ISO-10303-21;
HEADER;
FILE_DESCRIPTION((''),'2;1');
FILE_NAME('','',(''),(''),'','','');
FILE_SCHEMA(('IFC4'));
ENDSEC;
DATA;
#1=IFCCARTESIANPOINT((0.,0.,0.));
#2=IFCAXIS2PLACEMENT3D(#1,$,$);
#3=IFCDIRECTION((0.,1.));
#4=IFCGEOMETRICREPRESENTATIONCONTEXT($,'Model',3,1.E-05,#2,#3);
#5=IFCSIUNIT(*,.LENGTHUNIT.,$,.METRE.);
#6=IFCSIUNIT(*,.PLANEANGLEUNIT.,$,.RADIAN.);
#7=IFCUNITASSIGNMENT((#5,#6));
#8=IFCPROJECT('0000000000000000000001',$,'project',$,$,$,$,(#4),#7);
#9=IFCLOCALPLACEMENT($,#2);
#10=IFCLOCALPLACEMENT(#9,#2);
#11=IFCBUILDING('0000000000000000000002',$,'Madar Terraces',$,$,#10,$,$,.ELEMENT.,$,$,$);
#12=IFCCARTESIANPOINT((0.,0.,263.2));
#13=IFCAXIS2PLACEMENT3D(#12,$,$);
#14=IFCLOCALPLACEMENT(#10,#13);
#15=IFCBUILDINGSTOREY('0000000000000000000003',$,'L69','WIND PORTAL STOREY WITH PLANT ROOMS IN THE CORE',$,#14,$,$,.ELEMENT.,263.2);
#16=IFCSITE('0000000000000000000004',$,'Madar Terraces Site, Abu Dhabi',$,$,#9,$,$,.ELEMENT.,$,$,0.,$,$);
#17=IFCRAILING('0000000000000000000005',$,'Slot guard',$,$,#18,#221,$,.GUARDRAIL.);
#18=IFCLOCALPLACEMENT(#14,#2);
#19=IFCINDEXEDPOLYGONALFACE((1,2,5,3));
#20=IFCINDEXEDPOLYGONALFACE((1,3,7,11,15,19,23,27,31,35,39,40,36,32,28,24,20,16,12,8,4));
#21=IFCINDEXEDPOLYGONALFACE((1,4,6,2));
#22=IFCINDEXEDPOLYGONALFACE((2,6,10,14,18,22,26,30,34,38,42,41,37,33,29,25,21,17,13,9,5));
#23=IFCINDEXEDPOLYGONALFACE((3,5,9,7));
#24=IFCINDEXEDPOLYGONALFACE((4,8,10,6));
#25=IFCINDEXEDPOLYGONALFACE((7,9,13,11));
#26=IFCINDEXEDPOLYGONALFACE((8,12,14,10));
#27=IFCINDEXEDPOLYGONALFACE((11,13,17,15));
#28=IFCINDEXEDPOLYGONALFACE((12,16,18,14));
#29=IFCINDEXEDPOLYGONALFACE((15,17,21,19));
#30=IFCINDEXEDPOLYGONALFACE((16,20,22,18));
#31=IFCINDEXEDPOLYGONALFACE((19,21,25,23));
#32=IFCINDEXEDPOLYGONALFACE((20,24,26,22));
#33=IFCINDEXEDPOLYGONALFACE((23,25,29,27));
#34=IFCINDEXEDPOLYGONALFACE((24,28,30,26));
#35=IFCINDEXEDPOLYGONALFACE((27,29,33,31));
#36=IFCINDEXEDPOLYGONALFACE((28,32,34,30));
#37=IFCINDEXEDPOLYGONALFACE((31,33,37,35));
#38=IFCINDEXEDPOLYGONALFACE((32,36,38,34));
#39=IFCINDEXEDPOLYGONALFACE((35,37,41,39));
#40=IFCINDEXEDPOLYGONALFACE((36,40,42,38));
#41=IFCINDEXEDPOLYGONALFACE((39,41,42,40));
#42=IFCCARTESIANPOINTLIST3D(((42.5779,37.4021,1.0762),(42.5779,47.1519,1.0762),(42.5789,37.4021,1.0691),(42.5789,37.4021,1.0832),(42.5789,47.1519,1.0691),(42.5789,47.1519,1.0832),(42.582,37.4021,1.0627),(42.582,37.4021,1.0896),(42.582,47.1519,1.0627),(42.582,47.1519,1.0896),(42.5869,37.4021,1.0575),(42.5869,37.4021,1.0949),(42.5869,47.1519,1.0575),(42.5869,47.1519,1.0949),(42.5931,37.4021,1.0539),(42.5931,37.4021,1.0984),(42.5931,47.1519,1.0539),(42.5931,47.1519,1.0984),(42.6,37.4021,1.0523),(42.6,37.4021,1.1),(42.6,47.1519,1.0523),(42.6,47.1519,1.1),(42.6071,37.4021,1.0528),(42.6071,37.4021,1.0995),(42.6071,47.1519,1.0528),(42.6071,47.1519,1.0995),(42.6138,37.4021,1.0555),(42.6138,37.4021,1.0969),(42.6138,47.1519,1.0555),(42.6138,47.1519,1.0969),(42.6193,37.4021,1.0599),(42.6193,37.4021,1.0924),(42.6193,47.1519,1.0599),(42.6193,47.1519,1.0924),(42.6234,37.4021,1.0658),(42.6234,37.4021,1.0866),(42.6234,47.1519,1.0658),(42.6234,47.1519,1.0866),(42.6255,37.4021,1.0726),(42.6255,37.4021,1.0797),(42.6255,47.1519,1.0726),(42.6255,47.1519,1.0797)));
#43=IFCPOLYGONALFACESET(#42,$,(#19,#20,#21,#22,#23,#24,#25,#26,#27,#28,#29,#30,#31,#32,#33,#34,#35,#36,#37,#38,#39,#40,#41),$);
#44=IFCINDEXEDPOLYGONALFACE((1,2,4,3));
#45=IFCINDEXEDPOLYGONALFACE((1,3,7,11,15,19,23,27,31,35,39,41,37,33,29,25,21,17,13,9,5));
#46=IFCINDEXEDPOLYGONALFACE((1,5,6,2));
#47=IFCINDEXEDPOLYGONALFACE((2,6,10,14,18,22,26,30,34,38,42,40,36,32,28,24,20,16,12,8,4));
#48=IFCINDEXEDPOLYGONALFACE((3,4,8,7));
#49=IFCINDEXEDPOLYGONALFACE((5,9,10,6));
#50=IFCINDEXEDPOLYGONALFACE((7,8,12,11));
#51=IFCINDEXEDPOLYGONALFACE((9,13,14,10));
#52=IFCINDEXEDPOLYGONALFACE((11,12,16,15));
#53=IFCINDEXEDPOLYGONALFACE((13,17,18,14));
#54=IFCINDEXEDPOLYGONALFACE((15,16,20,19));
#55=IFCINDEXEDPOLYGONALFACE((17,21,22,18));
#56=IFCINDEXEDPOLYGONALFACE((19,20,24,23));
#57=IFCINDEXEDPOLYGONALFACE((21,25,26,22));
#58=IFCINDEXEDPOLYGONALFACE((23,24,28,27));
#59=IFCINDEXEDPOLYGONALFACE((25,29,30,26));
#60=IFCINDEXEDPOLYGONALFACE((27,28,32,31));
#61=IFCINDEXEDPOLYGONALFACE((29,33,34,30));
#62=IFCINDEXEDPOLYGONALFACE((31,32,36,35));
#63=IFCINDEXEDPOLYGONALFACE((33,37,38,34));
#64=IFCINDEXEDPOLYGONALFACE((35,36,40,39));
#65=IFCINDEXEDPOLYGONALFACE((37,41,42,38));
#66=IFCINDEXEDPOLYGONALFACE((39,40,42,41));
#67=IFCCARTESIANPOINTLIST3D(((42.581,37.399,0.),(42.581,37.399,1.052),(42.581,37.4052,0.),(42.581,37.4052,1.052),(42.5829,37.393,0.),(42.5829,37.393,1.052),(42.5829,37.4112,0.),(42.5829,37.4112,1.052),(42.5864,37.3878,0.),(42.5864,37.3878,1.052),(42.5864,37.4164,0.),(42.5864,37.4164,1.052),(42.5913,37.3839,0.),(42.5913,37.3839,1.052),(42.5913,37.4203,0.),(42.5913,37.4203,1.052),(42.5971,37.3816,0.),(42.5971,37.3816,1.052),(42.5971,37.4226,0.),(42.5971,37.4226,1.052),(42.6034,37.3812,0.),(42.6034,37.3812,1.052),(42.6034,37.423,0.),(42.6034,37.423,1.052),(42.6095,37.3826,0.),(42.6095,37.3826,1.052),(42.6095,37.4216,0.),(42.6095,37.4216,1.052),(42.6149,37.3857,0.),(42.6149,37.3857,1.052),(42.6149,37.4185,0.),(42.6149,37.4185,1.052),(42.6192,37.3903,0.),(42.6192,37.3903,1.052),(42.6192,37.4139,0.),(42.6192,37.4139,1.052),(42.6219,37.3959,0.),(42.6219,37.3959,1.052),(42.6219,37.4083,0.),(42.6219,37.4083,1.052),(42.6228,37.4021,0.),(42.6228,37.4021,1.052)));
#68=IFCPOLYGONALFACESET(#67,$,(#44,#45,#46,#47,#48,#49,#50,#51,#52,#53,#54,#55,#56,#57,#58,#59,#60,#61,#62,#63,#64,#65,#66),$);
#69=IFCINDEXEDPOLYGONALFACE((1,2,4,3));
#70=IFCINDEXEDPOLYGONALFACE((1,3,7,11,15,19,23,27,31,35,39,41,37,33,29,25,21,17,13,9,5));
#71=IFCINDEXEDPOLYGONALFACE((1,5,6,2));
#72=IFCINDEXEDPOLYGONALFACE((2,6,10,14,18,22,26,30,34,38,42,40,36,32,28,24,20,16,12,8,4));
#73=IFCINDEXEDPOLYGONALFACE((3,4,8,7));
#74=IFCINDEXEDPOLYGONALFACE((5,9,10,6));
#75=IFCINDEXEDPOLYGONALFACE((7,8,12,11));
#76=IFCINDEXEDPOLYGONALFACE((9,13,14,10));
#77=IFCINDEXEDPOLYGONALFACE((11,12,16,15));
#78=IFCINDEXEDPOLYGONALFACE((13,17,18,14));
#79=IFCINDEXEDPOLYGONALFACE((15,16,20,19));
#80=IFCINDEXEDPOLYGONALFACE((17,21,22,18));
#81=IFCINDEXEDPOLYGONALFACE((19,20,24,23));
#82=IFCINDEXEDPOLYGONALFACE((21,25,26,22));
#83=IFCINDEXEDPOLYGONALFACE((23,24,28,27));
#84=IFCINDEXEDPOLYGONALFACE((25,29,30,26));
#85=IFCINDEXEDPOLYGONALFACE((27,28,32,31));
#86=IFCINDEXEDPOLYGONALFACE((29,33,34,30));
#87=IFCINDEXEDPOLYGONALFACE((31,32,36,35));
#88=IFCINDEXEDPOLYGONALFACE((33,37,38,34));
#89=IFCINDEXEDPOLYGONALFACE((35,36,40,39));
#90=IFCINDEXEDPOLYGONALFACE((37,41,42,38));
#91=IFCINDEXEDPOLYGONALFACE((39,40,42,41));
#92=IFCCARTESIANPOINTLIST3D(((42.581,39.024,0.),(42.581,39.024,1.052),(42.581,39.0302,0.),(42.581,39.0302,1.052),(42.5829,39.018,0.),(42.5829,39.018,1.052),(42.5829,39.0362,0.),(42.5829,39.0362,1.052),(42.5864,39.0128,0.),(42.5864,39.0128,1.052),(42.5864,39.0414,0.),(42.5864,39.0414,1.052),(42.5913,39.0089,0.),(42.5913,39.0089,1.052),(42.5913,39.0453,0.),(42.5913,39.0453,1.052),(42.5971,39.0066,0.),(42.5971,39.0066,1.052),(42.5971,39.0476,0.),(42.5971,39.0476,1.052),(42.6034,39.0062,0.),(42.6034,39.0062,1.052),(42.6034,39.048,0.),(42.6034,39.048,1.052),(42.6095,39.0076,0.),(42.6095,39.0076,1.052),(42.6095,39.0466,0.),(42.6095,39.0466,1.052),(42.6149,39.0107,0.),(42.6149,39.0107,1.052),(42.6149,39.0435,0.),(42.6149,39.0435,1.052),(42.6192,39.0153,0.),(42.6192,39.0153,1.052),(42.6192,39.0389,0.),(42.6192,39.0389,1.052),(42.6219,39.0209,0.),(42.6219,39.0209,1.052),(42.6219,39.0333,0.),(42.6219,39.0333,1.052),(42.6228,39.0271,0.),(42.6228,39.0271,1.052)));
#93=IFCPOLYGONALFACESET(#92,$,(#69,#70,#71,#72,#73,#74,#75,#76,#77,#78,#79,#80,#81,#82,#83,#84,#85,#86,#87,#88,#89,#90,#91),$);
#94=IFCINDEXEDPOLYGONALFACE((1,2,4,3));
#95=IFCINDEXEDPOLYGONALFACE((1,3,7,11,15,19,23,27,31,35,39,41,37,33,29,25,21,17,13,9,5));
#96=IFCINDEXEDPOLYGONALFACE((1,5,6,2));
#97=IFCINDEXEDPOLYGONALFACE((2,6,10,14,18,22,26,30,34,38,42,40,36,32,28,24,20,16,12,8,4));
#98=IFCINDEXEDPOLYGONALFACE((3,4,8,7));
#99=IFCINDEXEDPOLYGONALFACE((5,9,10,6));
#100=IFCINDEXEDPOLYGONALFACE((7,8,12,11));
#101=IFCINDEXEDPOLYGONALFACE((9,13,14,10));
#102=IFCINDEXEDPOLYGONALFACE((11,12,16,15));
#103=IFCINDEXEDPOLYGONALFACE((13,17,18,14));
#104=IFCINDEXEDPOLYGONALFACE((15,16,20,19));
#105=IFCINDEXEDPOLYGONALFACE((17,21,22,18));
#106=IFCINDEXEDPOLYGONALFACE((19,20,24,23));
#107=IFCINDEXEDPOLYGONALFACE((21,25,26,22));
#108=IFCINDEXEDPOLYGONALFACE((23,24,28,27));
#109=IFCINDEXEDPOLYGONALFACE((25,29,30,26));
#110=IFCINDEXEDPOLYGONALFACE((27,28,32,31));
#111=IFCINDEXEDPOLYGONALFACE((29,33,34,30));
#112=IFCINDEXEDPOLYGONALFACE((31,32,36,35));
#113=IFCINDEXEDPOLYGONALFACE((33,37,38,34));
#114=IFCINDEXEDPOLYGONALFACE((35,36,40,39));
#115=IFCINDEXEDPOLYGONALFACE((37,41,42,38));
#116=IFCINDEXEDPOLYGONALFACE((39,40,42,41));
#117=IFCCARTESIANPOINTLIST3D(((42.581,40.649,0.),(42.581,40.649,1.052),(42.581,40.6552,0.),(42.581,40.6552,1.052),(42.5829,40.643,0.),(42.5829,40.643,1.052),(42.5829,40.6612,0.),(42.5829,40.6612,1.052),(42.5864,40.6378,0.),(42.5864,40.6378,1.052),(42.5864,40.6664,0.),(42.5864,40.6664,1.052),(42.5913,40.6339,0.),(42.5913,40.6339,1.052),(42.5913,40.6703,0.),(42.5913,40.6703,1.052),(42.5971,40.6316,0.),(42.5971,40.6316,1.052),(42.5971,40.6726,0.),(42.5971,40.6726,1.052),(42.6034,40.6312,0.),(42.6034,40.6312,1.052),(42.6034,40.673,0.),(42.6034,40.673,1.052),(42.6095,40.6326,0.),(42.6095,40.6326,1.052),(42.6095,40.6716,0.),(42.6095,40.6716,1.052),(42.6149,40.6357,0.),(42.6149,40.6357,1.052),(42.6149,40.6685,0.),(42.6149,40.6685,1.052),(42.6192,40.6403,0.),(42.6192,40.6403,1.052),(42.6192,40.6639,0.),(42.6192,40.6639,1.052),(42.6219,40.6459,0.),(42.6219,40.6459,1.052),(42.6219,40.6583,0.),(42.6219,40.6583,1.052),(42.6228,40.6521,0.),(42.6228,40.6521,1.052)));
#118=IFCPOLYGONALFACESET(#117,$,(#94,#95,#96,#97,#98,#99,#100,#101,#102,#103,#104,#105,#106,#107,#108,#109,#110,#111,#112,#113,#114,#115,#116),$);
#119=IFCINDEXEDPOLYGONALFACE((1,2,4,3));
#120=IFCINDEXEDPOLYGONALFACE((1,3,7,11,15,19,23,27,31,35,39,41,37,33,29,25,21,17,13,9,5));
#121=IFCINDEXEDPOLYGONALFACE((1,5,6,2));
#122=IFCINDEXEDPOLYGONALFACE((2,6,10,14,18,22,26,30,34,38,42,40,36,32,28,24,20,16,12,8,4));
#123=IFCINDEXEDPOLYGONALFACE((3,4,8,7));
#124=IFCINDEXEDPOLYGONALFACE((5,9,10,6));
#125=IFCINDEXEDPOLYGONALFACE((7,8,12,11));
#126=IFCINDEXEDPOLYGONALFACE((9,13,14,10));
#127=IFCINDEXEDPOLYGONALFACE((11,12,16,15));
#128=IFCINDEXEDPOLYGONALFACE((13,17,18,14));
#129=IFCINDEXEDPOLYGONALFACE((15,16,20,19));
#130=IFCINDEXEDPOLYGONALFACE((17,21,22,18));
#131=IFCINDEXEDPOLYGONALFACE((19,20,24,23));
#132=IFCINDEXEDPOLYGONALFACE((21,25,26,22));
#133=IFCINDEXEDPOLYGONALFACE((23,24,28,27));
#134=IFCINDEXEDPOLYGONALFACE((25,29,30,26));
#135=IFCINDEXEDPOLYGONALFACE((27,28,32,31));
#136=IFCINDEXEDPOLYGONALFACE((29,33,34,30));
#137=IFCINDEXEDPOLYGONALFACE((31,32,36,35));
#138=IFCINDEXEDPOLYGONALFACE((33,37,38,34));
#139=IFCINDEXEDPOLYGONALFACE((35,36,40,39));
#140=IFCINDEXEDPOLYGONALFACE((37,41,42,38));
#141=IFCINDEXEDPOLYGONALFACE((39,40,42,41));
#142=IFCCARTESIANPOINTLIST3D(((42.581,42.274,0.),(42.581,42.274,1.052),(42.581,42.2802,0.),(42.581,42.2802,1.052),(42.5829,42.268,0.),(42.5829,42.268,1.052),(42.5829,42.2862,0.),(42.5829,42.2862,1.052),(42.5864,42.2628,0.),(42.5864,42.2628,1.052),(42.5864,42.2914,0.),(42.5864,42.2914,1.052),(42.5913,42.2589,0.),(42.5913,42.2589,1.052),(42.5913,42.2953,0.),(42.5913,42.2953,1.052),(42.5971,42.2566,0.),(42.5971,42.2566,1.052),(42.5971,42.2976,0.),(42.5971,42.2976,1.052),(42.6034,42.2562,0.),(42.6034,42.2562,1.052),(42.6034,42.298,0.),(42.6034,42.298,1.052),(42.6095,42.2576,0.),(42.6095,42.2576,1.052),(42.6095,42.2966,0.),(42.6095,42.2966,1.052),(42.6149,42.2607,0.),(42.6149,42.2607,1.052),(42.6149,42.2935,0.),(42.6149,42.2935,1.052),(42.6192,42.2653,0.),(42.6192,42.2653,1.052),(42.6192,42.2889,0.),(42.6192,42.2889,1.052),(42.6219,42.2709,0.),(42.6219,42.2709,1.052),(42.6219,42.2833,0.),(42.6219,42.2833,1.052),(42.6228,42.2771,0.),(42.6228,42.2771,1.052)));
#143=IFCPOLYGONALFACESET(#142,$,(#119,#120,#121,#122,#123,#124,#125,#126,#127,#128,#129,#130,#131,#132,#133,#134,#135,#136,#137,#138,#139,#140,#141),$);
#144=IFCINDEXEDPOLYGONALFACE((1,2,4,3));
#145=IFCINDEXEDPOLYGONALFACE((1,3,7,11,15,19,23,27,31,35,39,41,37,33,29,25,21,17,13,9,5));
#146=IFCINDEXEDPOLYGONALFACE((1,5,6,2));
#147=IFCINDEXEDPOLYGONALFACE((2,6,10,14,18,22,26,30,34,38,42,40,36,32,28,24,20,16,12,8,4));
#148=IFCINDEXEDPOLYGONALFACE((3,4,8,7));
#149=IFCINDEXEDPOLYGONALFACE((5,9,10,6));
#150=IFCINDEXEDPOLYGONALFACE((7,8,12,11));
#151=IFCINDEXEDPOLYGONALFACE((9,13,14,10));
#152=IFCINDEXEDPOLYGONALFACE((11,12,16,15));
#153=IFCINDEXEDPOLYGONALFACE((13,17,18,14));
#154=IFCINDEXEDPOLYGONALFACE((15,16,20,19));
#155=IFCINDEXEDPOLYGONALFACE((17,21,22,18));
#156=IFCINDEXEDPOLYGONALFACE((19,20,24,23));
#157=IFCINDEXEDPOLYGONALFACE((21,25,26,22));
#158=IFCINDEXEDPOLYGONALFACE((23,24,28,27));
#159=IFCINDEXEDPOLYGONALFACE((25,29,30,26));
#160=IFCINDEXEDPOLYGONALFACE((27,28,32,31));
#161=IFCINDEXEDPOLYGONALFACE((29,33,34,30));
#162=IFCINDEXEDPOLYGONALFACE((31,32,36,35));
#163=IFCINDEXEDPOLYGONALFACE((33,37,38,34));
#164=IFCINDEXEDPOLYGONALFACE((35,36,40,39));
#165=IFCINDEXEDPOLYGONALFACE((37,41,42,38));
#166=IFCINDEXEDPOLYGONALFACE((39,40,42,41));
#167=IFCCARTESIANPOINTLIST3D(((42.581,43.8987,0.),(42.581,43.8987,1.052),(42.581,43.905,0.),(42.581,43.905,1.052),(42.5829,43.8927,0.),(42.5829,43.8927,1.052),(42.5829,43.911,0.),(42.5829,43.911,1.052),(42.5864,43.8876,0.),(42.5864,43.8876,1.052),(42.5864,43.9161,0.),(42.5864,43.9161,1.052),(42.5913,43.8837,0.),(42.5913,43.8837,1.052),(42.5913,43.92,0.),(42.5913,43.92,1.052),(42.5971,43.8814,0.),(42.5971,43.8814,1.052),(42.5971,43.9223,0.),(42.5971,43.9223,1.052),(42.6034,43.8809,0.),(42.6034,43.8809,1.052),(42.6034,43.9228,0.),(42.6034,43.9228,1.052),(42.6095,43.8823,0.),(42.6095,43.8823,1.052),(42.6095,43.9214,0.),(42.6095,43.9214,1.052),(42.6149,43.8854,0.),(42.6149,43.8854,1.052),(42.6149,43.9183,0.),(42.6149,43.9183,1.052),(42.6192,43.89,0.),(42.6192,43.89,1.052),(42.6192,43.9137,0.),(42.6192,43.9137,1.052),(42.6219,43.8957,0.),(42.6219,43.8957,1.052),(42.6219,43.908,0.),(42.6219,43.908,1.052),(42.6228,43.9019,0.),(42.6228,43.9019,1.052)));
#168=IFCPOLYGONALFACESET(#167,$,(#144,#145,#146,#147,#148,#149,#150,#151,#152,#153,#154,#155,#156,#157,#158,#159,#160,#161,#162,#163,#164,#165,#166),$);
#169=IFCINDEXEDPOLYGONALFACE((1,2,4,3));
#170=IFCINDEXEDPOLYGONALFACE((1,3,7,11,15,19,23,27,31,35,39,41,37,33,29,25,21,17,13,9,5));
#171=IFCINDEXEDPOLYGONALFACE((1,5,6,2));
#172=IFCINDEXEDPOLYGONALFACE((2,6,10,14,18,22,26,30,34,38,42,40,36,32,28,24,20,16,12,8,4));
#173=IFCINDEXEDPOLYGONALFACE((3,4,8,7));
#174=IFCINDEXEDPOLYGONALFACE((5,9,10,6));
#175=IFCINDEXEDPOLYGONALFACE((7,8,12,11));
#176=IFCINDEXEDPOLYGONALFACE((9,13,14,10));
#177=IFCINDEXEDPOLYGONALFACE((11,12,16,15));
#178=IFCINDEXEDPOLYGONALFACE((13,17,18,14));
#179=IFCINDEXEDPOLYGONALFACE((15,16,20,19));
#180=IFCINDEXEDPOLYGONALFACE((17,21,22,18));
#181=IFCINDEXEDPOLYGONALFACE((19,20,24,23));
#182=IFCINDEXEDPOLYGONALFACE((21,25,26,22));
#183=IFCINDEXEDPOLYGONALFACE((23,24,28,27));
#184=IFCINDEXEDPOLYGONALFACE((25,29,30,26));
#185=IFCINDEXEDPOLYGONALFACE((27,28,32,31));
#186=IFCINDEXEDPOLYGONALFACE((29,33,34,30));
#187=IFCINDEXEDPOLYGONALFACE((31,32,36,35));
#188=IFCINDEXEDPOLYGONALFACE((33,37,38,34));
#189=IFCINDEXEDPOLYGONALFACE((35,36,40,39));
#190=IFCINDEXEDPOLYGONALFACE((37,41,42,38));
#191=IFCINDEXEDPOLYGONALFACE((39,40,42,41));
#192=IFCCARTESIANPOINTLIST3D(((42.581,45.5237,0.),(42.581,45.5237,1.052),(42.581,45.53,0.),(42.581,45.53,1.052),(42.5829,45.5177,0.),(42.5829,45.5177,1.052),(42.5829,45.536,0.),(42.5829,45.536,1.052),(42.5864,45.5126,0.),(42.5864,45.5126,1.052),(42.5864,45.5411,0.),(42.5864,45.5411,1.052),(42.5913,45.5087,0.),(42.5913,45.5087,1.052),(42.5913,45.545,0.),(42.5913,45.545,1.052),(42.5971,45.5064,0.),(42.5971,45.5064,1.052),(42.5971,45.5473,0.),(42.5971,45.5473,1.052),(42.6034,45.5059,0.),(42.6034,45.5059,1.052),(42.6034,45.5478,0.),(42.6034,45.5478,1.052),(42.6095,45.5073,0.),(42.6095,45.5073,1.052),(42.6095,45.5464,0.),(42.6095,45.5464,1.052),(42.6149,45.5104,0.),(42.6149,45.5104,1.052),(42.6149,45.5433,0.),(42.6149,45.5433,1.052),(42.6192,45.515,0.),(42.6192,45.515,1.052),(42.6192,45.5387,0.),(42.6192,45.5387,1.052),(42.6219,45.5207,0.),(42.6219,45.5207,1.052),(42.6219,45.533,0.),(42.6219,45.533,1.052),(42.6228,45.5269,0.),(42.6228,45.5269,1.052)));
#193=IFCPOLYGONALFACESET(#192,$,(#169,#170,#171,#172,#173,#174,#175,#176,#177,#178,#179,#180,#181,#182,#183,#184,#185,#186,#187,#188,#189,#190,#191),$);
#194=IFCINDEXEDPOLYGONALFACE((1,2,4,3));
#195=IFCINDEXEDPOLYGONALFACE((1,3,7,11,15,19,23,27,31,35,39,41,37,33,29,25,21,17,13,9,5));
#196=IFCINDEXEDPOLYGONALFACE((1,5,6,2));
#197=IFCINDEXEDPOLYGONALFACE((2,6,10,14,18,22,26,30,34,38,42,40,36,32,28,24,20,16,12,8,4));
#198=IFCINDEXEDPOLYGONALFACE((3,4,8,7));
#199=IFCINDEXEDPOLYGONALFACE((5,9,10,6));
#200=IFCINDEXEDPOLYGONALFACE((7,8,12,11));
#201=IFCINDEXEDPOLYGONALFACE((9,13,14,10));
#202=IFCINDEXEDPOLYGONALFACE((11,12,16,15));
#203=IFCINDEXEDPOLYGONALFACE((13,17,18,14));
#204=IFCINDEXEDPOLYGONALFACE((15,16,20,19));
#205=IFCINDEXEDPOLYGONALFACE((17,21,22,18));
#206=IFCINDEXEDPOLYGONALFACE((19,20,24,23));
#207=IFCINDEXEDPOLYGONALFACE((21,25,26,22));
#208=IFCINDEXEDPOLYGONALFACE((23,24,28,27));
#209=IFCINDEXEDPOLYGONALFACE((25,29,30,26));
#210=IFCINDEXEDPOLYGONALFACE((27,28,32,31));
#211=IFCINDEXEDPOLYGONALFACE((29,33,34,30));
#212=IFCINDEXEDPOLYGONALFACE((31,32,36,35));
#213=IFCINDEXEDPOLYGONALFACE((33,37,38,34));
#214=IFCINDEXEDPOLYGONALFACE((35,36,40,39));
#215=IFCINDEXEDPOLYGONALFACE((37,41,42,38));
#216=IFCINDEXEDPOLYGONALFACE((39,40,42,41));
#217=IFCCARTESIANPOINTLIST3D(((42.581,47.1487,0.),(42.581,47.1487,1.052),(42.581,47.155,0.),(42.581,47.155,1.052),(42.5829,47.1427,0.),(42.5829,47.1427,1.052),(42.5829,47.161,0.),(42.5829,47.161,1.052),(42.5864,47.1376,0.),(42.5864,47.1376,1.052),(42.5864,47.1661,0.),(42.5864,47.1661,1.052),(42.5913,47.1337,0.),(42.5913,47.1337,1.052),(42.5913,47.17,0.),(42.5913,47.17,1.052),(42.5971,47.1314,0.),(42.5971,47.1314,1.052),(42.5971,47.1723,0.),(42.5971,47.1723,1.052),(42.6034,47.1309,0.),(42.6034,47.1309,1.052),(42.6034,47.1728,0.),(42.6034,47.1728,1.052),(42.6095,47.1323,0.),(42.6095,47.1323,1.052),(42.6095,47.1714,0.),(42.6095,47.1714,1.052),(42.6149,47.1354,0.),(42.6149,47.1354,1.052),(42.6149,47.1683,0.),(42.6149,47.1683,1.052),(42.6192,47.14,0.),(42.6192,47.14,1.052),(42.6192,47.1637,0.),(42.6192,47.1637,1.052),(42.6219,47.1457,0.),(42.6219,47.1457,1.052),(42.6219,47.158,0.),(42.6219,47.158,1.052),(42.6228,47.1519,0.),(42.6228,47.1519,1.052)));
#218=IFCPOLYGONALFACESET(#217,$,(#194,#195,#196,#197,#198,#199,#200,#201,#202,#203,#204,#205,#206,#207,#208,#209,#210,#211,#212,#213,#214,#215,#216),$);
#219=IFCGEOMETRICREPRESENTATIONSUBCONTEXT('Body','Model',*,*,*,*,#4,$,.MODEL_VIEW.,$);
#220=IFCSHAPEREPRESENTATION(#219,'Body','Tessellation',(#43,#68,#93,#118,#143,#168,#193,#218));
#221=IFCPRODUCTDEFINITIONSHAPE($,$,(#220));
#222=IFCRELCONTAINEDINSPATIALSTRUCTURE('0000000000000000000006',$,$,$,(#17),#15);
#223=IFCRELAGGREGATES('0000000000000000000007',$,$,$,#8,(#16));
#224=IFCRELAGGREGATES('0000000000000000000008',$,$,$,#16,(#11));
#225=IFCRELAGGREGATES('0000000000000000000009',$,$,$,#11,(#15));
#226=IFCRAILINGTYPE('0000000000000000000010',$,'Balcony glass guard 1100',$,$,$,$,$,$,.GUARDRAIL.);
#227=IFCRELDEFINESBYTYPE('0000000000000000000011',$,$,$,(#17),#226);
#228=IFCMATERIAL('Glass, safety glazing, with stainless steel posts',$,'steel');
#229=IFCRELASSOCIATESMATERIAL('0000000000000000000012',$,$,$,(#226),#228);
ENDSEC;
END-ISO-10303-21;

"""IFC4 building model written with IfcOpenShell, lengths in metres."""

from ifc_helpers import new_model, si_unit, direction, frame, origin, origin_2d, place, context, subcontext, project, spatial, circle, extrude, material, type_object, element, save


model = new_model("IFC4")

# Units and contexts
model_context = context("Model", 3, precision=1e-05, world=origin(), true_north=direction((0.0, 1.0)))
body_context = subcontext(model_context, "Body", "Model", "MODEL_VIEW")
ifc_project = project(units=[si_unit("LENGTHUNIT", "METRE"), si_unit("PLANEANGLEUNIT", "RADIAN")], contexts=[model_context])

# Site, building, storey
site_placement = place(None, origin())
site = spatial("IfcSite", under=ifc_project, at=site_placement, Name="Madar Terraces Site, Abu Dhabi", CompositionType="ELEMENT", RefElevation=0.0)
building_placement = place(site_placement, origin())
building = spatial("IfcBuilding", under=site, at=building_placement, Name="Madar Terraces", CompositionType="ELEMENT")
storey_placement = place(building_placement, frame((0.0, 0.0, 263.2)))
storey = spatial("IfcBuildingStorey", under=building, at=storey_placement, Name="L69", Description="WIND PORTAL STOREY WITH PLANT ROOMS IN THE CORE", CompositionType="ELEMENT", Elevation=263.2)

# Railing
ifc_material_1 = material(Name="Glass, safety glazing, with stainless steel posts", Category="steel")
railing_type_1 = type_object("IfcRailingType", Name="Balcony glass guard 1100", PredefinedType="GUARDRAIL", material=ifc_material_1)
railing_1_placement = place(storey_placement, frame((42.6018, 37.4021, 0.0)))
element("IfcRailing", 1, at=railing_1_placement, inside=storey, type_object=railing_type_1, Name="Slot guard", PredefinedType="GUARDRAIL", context=body_context, shape_type="SweptSolid", body=[
    extrude(circle(Radius=0.0239, at=origin_2d()), frame((0.0, 0.0, 1.0762), z_axis=(0.0, 1.0, 0.0), x_axis=(-1.0, 0.0, 0.0)), (0.0, 0.0, 1.0), 9.7498),
    extrude(circle(Radius=0.021, at=origin_2d()), origin(), (0.0, 0.0, 1.0), 1.052),
    extrude(circle(Radius=0.021, at=origin_2d()), frame((0.0, 1.625, 0.0)), (0.0, 0.0, 1.0), 1.052),
    extrude(circle(Radius=0.021, at=origin_2d()), frame((0.0, 3.25, 0.0)), (0.0, 0.0, 1.0), 1.052),
    extrude(circle(Radius=0.021, at=origin_2d()), frame((0.0, 4.875, 0.0)), (0.0, 0.0, 1.0), 1.052),
    extrude(circle(Radius=0.021, at=origin_2d()), frame((0.0, 6.4998, 0.0)), (0.0, 0.0, 1.0), 1.052),
    extrude(circle(Radius=0.021, at=origin_2d()), frame((0.0, 8.1248, 0.0)), (0.0, 0.0, 1.0), 1.052),
    extrude(circle(Radius=0.021, at=origin_2d()), frame((0.0, 9.7498, 0.0)), (0.0, 0.0, 1.0), 1.052),
])

save(model, "model.ifc")
